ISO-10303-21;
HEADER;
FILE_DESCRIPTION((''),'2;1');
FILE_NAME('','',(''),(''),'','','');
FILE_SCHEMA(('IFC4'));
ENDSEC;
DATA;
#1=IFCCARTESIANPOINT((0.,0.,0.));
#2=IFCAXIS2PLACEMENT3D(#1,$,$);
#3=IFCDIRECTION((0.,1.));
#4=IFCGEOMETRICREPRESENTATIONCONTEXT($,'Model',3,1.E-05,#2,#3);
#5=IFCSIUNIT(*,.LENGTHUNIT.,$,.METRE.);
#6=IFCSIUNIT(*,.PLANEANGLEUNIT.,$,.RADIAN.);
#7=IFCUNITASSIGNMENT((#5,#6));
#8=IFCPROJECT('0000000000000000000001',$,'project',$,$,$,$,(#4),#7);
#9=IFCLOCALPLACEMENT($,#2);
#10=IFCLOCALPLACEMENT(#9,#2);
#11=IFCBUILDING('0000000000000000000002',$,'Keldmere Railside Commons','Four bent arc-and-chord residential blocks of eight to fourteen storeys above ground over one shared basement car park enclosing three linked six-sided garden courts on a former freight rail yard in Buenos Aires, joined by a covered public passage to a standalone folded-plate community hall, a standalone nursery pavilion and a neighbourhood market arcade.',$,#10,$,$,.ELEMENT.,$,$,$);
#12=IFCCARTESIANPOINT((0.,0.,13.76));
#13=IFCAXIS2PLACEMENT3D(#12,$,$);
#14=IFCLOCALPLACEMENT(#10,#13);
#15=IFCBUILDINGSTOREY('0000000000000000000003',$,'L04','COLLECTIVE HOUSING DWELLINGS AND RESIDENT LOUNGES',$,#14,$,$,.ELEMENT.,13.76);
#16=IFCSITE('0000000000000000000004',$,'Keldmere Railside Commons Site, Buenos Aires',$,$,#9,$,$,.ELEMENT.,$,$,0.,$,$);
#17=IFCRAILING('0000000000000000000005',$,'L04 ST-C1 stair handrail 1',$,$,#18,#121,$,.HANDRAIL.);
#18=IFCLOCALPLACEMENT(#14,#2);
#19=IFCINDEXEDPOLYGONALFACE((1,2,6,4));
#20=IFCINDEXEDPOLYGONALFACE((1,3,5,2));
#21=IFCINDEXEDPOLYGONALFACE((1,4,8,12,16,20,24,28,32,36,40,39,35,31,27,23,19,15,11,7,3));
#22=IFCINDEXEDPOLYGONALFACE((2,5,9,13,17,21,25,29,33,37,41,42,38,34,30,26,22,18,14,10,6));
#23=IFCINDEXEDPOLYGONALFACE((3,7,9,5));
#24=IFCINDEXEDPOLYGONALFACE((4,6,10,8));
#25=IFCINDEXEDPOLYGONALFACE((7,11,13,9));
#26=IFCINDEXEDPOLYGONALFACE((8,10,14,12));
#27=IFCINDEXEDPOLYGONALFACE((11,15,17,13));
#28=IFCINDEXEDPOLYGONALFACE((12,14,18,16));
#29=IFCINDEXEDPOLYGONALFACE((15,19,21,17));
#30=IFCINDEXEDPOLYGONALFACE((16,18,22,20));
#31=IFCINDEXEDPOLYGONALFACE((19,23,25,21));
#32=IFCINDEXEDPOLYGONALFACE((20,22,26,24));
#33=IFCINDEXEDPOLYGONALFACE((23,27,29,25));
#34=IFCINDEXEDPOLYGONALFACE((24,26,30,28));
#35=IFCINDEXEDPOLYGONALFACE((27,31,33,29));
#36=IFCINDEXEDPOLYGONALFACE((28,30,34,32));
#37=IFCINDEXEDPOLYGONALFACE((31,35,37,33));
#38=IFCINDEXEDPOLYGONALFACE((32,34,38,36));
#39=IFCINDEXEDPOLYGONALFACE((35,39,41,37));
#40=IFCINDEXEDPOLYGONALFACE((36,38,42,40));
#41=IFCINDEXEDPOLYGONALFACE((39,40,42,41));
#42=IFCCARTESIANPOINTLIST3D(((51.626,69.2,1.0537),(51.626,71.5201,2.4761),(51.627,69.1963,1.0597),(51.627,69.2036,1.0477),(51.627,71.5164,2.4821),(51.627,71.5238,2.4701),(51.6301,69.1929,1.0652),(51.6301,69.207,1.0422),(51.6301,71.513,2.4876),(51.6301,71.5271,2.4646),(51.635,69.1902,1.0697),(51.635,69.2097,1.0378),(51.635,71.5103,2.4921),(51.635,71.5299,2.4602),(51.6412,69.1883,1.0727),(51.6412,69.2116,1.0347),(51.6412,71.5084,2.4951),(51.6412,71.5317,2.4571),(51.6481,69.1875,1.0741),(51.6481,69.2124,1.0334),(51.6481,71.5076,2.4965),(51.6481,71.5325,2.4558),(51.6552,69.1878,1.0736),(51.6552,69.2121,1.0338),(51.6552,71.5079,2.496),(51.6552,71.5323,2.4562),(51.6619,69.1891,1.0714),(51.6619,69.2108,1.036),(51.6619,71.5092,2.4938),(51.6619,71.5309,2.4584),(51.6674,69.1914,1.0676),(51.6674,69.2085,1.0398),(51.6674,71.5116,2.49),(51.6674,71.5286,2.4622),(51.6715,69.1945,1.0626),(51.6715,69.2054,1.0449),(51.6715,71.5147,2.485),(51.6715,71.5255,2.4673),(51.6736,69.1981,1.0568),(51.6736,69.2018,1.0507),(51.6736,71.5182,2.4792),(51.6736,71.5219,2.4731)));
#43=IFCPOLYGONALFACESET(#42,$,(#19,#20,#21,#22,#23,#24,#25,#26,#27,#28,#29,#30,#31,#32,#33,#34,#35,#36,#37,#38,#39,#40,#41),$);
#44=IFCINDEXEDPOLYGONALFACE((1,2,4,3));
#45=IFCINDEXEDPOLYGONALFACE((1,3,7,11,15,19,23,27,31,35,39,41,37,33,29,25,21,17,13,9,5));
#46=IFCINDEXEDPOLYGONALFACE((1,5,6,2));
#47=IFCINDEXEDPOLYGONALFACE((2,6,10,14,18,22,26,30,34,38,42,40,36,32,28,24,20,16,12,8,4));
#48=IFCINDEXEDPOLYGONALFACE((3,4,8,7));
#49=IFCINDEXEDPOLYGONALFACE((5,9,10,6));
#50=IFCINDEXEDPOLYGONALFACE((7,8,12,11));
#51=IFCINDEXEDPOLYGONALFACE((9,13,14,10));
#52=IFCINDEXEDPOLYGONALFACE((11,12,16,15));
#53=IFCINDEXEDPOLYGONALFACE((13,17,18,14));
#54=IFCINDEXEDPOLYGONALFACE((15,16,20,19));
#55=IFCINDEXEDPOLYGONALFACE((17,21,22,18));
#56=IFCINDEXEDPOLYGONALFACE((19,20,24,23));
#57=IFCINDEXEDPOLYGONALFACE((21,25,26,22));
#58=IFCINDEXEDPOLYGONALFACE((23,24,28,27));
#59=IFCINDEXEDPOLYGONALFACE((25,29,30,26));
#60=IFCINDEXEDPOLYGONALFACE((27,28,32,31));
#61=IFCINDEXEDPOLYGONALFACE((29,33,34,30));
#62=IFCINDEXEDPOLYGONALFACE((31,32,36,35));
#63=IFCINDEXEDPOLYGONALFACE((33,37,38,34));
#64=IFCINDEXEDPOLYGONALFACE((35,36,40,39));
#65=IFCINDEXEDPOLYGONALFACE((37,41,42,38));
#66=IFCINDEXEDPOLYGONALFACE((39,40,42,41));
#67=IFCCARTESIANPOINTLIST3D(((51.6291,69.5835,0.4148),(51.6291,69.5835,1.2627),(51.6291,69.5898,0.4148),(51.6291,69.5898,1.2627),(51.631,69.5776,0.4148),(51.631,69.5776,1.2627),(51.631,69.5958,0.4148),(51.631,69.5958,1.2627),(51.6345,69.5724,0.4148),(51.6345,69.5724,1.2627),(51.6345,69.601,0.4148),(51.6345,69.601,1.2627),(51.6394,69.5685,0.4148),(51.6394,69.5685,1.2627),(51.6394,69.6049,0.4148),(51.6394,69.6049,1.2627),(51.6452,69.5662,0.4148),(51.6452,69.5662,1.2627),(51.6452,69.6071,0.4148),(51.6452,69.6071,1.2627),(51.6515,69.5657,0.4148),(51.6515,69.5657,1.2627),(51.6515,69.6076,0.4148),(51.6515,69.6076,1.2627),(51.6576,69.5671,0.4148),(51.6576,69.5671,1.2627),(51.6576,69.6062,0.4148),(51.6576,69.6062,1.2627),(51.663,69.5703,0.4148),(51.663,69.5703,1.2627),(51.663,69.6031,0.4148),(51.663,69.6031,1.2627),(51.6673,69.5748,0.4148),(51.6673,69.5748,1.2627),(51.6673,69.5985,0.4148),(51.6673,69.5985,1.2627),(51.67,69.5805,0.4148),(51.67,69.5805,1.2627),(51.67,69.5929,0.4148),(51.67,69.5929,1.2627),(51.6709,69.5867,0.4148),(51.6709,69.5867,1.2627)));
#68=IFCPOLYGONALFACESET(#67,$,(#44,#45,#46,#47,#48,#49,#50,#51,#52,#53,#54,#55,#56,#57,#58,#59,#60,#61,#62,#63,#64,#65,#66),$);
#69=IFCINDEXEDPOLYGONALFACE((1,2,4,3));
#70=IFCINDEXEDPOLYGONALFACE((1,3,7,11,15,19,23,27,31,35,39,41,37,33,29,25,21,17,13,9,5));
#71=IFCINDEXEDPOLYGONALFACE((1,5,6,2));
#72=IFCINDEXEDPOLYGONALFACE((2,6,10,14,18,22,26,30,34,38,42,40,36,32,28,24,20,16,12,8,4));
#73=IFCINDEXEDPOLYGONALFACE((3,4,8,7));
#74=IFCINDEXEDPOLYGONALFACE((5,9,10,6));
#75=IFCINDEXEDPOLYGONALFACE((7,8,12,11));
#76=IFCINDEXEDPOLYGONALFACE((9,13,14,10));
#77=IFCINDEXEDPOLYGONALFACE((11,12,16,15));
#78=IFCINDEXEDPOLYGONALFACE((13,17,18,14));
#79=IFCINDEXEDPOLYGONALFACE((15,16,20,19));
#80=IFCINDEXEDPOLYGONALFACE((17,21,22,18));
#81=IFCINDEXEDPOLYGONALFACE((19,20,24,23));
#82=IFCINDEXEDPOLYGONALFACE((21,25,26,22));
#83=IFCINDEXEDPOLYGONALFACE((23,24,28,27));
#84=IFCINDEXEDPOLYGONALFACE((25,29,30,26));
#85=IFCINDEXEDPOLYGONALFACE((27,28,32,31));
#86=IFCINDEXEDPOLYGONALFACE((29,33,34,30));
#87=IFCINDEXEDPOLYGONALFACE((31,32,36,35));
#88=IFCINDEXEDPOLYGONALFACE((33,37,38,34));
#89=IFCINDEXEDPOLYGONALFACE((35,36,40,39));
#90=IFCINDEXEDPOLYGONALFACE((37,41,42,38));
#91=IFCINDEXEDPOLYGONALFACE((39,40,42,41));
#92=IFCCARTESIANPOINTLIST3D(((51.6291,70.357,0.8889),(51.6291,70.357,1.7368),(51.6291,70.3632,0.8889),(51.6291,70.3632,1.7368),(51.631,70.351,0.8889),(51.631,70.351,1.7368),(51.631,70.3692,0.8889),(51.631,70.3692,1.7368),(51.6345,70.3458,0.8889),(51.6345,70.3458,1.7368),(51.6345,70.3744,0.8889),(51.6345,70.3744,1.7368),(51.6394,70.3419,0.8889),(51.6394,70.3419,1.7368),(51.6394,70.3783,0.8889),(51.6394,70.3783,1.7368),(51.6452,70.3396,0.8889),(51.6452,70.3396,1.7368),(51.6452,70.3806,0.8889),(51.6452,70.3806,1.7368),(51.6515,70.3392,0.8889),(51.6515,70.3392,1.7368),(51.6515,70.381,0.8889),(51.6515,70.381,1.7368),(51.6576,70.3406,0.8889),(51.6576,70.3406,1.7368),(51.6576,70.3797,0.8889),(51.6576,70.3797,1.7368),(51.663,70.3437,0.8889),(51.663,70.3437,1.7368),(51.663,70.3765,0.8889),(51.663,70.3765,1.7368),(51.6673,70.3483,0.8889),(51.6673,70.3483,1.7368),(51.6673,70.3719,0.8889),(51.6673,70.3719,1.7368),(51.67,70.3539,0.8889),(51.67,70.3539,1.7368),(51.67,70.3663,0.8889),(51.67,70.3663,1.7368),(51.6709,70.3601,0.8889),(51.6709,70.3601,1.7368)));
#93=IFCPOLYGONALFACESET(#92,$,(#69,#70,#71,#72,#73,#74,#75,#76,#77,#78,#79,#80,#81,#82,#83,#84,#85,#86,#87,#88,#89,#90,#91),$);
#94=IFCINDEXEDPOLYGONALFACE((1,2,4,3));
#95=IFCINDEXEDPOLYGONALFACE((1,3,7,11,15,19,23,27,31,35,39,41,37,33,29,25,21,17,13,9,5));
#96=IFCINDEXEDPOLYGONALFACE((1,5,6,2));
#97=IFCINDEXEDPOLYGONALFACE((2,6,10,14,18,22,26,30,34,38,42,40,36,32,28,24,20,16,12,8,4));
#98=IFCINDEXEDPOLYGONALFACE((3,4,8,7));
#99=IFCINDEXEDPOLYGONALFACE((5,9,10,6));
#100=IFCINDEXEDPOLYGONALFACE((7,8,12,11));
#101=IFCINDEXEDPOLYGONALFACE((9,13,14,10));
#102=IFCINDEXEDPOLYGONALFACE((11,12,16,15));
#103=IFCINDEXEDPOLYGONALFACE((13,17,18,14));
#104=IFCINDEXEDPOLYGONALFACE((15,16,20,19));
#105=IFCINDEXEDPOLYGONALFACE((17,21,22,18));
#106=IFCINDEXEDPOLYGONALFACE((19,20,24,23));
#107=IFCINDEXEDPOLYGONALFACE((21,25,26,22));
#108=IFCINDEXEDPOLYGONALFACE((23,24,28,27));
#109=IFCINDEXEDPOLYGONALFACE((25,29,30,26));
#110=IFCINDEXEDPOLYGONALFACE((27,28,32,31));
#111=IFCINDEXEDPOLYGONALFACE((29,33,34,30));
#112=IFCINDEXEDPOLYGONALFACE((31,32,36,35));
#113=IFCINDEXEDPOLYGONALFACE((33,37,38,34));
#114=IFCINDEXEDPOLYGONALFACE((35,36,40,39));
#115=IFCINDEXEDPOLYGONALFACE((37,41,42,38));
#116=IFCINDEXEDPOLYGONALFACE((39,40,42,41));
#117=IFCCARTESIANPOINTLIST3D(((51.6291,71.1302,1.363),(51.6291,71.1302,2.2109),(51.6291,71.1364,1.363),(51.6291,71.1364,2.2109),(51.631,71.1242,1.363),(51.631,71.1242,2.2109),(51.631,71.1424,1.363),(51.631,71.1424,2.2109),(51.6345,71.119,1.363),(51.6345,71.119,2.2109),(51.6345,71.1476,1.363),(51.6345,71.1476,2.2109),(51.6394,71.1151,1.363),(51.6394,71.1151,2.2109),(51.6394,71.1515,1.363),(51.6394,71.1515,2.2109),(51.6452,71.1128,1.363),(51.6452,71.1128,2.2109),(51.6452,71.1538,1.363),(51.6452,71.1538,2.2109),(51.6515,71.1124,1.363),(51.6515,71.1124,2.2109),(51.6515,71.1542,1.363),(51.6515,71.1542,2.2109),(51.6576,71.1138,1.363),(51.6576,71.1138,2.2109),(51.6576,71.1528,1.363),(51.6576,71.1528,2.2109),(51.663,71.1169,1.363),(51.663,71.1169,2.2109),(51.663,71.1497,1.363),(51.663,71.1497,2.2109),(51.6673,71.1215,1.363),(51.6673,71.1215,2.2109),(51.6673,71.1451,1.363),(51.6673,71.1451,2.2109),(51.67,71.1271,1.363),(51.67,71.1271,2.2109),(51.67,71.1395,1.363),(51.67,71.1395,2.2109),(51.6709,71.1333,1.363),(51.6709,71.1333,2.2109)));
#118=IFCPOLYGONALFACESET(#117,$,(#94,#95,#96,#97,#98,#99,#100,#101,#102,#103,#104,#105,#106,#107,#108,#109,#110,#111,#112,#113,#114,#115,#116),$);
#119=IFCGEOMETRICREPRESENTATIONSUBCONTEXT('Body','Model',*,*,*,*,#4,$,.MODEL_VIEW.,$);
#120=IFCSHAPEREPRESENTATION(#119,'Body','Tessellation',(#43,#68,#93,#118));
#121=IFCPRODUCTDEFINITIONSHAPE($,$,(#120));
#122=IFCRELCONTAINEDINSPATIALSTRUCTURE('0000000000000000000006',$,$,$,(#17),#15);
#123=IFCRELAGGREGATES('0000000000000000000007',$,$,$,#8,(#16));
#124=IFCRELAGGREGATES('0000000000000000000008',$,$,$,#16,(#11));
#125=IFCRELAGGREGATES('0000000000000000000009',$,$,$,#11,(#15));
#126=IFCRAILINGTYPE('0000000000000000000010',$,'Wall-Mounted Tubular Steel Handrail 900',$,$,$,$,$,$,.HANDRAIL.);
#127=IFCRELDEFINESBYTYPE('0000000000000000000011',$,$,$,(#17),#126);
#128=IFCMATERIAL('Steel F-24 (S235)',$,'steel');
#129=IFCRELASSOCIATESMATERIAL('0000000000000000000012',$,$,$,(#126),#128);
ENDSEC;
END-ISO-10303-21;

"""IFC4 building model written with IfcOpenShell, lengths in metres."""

from ifc_helpers import new_model, si_unit, direction, frame, origin, origin_2d, place, context, subcontext, project, spatial, circle, extrude, material, type_object, element, save


model = new_model("IFC4")

# Units and contexts
model_context = context("Model", 3, precision=1e-05, world=origin(), true_north=direction((0.0, 1.0)))
body_context = subcontext(model_context, "Body", "Model", "MODEL_VIEW")
ifc_project = project(units=[si_unit("LENGTHUNIT", "METRE"), si_unit("PLANEANGLEUNIT", "RADIAN")], contexts=[model_context])

# Site, building, storey
site_placement = place(None, origin())
site = spatial("IfcSite", under=ifc_project, at=site_placement, Name="Keldmere Railside Commons Site, Buenos Aires", CompositionType="ELEMENT", RefElevation=0.0)
building_placement = place(site_placement, origin())
building = spatial("IfcBuilding", under=site, at=building_placement, Name="Keldmere Railside Commons", Description="Four bent arc-and-chord residential blocks of eight to fourteen storeys above ground over one shared basement car park enclosing three linked six-sided garden courts on a former freight rail yard in Buenos Aires, joined by a covered public passage to a standalone folded-plate community hall, a standalone nursery pavilion and a neighbourhood market arcade.", CompositionType="ELEMENT")
storey_placement = place(building_placement, frame((0.0, 0.0, 13.76)))
storey = spatial("IfcBuildingStorey", under=building, at=storey_placement, Name="L04", Description="COLLECTIVE HOUSING DWELLINGS AND RESIDENT LOUNGES", CompositionType="ELEMENT", Elevation=13.76)

# Railing
ifc_material_1 = material(Name="Steel F-24 (S235)", Category="steel")
railing_type_1 = type_object("IfcRailingType", Name="Wall-Mounted Tubular Steel Handrail 900", PredefinedType="HANDRAIL", material=ifc_material_1)
railing_1_placement = place(storey_placement, frame((51.6499, 69.2, 0.1777)))
element("IfcRailing", 1, at=railing_1_placement, inside=storey, type_object=railing_type_1, Name="L04 ST-C1 stair handrail 1", PredefinedType="HANDRAIL", context=body_context, shape_type="SweptSolid", body=[
    extrude(circle(Radius=0.0239, at=origin_2d()), frame((0.0, 0.0, 0.876), z_axis=(0.0, 0.852538, 0.522665), x_axis=(-1.0, 0.0, 0.0)), (0.0, 0.0, 1.0), 2.7214),
    extrude(circle(Radius=0.021, at=origin_2d()), frame((0.0, 0.3867, 0.2371)), (0.0, 0.0, 1.0), 0.8479),
    extrude(circle(Radius=0.021, at=origin_2d()), frame((0.0, 1.1602, 0.7112)), (0.0, 0.0, 1.0), 0.8479),
    extrude(circle(Radius=0.021, at=origin_2d()), frame((0.0, 1.9333, 1.1853)), (0.0, 0.0, 1.0), 0.8479),
])

save(model, "model.ifc")
